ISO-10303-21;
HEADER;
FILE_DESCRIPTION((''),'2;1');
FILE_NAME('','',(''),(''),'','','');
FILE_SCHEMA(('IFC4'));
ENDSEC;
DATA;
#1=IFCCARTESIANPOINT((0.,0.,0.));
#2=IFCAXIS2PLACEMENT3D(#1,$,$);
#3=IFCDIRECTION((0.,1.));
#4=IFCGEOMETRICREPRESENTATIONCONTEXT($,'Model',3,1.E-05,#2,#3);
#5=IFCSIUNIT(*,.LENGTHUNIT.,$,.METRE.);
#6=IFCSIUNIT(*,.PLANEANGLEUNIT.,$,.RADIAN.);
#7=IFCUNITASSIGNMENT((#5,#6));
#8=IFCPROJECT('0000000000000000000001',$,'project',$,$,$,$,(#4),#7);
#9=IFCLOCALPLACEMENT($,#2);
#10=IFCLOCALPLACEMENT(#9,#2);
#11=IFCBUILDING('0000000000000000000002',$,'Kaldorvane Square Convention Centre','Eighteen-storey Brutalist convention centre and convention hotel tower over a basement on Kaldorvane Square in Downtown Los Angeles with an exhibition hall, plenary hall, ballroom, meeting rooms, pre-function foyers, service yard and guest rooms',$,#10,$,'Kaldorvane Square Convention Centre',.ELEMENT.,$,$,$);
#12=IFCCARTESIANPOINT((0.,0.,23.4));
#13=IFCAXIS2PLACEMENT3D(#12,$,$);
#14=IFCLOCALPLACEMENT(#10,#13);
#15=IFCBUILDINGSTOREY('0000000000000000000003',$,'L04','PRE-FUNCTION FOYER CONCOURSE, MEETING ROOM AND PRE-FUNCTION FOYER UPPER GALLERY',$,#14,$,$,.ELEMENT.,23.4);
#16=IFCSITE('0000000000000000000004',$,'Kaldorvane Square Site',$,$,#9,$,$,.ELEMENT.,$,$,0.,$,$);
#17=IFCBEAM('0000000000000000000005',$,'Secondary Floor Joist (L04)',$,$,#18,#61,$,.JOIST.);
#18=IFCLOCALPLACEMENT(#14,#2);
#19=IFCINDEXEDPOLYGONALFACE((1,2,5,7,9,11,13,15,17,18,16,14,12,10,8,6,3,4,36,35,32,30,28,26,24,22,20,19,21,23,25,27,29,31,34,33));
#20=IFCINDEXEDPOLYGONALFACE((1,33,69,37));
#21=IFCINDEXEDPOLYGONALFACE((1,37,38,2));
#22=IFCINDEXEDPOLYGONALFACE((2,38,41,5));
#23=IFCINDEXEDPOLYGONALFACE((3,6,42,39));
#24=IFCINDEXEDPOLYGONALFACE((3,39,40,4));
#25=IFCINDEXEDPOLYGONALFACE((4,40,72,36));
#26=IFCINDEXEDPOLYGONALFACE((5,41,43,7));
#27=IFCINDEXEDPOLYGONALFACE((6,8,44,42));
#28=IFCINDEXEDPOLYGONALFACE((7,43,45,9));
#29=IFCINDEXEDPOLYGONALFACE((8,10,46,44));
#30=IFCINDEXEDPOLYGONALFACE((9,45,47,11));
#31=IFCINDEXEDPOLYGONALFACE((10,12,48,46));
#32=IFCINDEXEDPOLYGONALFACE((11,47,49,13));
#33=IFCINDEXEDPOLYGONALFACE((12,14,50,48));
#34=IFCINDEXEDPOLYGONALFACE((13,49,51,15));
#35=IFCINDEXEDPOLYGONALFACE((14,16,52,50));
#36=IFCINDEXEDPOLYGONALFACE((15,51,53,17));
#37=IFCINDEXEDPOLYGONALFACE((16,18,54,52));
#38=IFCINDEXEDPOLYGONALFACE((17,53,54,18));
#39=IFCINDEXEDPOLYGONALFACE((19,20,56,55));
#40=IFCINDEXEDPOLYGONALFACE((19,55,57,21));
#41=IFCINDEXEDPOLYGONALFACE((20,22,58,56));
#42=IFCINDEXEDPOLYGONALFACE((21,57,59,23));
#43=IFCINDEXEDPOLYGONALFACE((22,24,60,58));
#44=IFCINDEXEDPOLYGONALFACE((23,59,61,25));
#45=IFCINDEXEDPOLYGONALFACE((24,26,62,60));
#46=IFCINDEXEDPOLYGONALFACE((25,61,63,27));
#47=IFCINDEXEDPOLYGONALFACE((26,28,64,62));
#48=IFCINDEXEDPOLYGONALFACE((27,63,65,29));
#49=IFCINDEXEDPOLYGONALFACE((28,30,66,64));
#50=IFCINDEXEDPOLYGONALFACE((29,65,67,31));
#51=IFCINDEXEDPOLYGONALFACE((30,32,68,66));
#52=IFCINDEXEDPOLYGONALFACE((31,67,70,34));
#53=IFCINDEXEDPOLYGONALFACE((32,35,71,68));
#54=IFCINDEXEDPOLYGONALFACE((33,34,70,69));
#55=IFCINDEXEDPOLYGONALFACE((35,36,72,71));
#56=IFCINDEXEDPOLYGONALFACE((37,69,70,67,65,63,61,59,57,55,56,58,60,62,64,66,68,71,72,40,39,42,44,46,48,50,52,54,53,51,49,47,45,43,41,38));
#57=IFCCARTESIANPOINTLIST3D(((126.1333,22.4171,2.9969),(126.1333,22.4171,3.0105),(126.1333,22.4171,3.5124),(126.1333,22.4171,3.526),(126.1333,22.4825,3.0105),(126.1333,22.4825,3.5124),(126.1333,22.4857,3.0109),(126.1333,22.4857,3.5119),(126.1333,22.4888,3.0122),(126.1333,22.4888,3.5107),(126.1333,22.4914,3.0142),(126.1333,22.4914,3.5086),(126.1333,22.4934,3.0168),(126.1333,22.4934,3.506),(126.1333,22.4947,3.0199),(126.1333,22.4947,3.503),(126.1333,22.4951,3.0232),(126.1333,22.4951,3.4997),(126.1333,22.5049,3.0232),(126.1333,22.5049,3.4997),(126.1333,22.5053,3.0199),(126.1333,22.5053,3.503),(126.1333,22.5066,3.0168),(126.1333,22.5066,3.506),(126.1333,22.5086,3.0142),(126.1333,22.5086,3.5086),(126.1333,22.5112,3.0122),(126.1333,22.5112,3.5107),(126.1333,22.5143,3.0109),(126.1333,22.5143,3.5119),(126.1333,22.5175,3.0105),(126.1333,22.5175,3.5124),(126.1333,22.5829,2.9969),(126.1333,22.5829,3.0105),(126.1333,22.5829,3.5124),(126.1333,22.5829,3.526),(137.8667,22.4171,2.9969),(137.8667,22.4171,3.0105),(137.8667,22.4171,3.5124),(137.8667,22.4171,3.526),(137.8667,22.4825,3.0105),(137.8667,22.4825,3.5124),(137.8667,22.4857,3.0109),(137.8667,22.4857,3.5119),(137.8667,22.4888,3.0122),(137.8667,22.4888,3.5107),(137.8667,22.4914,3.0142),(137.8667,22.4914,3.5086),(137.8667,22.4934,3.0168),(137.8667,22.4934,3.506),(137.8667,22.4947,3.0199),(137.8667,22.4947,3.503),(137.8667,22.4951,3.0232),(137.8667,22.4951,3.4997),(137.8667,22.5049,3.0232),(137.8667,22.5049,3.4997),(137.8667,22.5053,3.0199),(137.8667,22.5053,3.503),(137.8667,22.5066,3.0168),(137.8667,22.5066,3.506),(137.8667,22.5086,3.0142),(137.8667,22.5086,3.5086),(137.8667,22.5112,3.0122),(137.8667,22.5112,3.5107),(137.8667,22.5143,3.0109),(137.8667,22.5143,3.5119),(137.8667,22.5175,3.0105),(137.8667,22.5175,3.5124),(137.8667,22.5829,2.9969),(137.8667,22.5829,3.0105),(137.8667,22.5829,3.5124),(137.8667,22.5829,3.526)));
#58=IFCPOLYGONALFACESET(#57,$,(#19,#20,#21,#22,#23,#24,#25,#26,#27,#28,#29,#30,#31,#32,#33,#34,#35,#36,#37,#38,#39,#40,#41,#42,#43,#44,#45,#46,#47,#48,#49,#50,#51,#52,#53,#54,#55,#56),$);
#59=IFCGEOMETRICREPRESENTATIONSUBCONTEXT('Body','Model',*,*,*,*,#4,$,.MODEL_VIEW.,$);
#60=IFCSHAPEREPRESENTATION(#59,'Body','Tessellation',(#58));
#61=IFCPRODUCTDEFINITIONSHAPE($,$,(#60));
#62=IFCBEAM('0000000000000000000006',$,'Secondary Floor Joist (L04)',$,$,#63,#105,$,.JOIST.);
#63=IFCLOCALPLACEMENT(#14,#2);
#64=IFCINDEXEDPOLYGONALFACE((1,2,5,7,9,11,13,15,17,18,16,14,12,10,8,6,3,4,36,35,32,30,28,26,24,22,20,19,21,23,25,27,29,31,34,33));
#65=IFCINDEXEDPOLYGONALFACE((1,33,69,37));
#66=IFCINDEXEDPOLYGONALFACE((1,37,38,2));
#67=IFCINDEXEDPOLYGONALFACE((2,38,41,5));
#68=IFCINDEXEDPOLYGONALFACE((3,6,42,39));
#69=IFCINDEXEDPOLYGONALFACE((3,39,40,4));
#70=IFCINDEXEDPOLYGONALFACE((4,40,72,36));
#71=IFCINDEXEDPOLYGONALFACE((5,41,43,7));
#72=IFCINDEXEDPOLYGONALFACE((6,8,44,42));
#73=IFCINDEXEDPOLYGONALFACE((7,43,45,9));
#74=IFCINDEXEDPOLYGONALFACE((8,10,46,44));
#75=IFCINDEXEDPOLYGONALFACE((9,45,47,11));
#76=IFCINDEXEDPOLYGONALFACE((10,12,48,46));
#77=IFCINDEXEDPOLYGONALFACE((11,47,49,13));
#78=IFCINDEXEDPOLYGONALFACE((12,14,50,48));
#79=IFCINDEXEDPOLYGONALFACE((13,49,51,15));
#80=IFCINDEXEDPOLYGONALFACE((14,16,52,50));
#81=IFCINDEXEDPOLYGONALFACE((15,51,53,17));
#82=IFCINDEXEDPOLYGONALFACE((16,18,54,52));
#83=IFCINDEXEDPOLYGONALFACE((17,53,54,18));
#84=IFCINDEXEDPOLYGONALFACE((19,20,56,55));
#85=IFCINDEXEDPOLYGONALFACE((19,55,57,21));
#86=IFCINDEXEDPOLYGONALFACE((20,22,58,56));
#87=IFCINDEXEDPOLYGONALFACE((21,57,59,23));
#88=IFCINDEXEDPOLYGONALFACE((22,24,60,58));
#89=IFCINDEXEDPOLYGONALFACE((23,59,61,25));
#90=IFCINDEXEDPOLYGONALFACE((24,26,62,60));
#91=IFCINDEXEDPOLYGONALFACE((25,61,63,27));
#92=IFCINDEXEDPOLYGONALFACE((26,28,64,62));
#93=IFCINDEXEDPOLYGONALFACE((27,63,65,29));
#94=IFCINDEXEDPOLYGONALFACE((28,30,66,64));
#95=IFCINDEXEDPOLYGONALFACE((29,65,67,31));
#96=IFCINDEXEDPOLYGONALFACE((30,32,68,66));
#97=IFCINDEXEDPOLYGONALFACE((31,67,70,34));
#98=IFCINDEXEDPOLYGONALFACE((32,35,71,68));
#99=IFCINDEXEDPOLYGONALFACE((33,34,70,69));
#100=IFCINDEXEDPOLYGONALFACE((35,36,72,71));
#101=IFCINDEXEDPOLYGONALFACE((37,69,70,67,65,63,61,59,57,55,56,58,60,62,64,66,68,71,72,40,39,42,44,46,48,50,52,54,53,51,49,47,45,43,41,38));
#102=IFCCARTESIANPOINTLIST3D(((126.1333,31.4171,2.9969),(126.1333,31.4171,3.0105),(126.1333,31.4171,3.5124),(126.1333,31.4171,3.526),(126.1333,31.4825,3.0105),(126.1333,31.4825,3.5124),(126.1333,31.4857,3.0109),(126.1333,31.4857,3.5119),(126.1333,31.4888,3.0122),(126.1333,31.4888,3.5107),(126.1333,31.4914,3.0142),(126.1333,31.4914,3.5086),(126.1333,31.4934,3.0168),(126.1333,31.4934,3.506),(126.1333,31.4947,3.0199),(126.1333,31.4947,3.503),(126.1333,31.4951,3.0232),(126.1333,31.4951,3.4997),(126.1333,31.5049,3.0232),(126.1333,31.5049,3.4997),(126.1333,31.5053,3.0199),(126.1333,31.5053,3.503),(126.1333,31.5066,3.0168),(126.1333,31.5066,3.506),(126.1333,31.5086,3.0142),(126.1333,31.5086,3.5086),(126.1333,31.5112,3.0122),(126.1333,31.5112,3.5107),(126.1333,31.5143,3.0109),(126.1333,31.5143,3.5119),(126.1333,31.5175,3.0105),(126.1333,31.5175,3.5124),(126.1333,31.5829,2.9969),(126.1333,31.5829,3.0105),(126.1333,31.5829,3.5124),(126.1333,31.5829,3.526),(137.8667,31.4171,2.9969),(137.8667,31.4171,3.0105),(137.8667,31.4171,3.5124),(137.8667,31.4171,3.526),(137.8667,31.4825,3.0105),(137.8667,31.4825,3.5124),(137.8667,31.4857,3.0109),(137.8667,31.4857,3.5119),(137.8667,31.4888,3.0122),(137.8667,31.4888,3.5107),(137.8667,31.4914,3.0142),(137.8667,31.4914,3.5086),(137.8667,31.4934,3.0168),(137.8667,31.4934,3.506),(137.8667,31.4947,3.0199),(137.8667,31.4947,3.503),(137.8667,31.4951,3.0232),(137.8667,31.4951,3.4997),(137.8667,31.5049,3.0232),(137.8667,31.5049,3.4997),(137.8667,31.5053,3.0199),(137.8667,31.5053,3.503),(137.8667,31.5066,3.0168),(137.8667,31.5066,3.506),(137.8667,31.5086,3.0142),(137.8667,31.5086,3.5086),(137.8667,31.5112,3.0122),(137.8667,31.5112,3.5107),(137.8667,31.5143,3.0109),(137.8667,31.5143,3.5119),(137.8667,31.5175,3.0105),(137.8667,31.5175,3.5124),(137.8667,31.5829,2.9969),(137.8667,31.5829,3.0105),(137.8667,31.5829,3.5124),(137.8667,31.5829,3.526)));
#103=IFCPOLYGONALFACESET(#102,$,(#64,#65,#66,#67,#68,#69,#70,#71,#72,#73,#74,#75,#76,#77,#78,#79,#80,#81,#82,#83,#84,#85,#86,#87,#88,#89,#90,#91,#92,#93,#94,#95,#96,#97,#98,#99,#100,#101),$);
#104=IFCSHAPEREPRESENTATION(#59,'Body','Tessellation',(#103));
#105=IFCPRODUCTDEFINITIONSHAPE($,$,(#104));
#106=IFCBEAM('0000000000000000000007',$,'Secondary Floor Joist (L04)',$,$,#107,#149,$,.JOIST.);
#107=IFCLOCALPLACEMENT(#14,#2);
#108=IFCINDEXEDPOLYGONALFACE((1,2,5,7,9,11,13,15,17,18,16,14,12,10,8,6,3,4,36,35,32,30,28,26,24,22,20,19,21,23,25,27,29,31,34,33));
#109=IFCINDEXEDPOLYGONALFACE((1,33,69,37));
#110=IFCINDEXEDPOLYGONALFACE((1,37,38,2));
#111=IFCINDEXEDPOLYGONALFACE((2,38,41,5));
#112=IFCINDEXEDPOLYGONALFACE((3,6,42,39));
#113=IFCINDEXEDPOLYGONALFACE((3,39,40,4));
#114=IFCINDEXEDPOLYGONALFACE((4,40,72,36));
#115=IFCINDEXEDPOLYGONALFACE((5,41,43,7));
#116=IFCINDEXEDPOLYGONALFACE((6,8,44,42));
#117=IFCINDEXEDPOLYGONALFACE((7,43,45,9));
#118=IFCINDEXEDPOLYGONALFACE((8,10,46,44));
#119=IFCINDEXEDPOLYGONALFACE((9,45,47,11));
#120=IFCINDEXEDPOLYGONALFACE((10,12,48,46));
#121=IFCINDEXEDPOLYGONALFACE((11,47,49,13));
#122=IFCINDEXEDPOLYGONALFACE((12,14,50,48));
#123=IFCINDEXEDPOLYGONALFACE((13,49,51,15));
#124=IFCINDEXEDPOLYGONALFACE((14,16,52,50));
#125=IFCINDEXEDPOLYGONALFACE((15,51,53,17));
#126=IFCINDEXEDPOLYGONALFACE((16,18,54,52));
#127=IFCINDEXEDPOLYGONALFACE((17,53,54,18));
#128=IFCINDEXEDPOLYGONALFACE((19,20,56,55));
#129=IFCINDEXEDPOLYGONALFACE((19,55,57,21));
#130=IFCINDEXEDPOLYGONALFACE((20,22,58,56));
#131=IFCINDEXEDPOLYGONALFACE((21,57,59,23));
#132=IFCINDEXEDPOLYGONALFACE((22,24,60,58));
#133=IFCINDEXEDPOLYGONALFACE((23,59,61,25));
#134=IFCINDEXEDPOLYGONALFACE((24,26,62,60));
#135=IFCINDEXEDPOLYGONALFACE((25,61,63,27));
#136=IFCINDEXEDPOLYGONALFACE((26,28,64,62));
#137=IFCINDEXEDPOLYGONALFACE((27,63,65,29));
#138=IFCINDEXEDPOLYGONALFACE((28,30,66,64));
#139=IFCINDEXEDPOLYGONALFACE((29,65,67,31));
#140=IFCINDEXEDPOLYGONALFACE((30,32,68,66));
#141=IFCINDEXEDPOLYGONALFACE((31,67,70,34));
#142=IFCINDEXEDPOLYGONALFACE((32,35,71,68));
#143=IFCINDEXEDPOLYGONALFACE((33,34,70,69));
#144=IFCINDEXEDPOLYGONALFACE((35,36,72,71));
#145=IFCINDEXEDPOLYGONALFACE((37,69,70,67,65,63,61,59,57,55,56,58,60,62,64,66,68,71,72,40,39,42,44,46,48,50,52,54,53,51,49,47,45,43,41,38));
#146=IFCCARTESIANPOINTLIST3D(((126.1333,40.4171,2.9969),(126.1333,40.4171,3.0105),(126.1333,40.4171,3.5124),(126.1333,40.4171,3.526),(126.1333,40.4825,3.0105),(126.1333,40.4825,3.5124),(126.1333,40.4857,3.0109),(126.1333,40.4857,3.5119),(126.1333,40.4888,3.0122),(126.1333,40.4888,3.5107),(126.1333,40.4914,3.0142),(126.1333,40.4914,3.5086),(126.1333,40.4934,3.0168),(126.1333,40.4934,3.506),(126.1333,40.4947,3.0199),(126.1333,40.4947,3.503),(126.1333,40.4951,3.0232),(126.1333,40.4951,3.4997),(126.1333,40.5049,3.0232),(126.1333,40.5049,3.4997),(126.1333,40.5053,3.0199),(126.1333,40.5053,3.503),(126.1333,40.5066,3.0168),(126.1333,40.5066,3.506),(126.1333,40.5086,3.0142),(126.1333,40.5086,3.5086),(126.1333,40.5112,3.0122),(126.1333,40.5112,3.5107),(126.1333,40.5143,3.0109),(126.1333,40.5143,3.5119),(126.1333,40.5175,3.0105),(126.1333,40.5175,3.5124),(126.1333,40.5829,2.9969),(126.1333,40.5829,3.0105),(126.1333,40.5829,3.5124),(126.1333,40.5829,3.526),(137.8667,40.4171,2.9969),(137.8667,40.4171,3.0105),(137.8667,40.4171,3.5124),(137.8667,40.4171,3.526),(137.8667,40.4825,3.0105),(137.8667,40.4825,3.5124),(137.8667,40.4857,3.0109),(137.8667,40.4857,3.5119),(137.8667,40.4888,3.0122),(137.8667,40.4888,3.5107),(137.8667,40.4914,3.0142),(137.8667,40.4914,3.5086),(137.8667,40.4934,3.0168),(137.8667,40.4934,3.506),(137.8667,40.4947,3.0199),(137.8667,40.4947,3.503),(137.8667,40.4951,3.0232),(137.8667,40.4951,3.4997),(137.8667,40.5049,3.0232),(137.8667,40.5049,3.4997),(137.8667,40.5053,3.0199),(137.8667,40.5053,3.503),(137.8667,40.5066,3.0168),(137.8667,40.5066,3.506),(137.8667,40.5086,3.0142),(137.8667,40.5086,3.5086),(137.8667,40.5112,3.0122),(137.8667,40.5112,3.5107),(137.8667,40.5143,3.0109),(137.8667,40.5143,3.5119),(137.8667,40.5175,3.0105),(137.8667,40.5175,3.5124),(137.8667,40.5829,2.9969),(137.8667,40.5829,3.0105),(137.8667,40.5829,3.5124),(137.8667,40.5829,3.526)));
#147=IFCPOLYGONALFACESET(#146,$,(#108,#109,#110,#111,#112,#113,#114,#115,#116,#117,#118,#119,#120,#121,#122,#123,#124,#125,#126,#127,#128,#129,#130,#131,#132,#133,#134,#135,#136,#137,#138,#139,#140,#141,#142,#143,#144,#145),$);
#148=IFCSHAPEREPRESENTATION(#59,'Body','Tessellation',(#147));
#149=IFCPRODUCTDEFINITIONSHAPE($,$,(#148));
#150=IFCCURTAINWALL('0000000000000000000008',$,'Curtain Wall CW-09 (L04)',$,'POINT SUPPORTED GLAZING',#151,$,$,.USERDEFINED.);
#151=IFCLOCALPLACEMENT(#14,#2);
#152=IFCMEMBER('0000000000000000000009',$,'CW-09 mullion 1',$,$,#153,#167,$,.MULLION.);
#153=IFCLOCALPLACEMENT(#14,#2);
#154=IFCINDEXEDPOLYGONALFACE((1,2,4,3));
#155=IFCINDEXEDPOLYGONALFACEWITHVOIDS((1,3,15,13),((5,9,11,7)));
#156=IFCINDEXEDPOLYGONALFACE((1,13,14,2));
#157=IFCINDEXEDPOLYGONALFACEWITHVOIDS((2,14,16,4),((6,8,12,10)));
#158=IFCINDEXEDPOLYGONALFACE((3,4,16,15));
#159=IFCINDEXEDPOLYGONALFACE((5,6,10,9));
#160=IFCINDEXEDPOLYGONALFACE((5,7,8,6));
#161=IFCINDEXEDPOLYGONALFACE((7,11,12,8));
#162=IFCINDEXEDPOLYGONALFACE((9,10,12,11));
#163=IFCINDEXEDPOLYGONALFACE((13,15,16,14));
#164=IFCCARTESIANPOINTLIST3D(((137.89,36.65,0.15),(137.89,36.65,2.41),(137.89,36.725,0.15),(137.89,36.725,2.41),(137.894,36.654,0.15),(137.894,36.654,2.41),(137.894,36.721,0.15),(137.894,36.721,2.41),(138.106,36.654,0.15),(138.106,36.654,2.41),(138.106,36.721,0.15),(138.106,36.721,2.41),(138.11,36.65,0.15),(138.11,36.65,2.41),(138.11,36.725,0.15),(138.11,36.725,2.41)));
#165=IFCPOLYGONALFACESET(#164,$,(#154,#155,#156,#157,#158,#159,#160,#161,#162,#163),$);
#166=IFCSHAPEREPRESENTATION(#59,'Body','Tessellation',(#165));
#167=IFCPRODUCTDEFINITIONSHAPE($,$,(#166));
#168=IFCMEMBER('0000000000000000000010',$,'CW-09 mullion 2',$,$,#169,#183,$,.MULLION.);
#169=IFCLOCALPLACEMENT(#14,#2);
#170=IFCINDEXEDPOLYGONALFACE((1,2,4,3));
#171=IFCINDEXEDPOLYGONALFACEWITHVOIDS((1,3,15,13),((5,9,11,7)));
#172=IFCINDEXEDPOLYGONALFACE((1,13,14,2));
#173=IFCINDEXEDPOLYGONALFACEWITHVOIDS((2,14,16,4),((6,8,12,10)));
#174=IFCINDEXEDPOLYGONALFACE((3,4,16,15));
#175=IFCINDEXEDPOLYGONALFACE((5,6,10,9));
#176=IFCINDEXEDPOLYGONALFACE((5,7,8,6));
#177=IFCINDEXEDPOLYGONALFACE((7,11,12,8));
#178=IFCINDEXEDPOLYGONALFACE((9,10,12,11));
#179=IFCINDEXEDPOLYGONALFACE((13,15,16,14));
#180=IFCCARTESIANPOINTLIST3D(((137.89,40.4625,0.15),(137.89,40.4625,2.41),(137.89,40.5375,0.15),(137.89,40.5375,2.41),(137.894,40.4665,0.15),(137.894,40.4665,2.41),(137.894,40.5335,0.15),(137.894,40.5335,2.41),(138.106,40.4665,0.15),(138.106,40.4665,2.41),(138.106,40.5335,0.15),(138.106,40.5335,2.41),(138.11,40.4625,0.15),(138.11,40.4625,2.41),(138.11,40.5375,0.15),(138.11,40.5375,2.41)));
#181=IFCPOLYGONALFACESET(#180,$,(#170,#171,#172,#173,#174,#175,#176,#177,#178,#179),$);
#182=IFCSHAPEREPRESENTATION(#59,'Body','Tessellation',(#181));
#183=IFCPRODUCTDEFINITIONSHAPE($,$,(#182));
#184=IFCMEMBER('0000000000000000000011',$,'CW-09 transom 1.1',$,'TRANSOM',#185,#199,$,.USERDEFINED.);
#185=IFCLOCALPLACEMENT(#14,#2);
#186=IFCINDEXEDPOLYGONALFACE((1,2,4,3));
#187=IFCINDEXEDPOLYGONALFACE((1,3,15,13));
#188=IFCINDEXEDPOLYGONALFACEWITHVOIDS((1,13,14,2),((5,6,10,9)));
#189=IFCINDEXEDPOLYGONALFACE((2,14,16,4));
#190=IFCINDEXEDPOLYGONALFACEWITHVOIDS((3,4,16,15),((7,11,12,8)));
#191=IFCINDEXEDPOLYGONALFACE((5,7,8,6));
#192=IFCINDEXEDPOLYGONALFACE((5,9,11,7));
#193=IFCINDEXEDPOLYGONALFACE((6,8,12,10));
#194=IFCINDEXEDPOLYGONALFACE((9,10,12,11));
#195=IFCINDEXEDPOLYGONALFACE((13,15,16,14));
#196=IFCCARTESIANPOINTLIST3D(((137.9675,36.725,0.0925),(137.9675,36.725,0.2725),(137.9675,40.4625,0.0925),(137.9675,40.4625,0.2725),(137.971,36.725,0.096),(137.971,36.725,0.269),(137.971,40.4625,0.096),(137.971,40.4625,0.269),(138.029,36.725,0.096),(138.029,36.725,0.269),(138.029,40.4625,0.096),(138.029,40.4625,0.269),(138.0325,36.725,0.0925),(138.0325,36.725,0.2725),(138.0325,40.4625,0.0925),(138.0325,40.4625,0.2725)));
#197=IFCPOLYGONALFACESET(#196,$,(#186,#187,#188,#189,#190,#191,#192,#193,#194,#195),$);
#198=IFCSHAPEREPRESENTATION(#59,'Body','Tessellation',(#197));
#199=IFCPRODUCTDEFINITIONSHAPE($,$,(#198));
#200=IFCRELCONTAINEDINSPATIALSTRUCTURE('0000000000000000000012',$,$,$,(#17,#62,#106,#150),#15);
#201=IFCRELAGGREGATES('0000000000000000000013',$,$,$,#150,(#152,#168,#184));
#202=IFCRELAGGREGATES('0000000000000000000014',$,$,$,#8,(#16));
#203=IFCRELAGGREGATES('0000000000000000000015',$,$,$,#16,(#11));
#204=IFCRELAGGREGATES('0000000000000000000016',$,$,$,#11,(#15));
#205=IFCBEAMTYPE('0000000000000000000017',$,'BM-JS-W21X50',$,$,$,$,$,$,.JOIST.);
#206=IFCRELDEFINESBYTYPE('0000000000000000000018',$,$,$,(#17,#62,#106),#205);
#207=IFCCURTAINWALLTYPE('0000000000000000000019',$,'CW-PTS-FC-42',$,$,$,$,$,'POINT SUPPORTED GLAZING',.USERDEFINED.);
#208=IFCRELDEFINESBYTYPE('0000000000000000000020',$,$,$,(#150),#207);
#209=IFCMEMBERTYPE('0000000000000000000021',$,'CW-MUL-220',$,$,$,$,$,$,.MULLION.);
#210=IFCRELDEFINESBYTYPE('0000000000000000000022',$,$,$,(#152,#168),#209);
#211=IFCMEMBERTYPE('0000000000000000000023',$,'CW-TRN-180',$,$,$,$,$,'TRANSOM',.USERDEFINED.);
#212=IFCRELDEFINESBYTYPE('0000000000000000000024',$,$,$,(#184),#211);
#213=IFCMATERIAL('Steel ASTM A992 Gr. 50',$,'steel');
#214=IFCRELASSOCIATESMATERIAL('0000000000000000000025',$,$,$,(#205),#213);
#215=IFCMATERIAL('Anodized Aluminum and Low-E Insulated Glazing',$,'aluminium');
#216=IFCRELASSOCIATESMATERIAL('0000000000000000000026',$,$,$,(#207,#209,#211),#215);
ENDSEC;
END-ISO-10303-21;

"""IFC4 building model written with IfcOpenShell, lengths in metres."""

from ifc_helpers import new_model, si_unit, direction, frame, origin, origin_2d, place, context, subcontext, project, spatial, hollow_rectangle, i_section, extrude, material, material_profile, profile_set, type_object, element, aggregate, save


model = new_model("IFC4")

# Units and contexts
model_context = context("Model", 3, precision=1e-05, world=origin(), true_north=direction((0.0, 1.0)))
body_context = subcontext(model_context, "Body", "Model", "MODEL_VIEW")
ifc_project = project(units=[si_unit("LENGTHUNIT", "METRE"), si_unit("PLANEANGLEUNIT", "RADIAN")], contexts=[model_context])

# Site, building, storey
site_placement = place(None, origin())
site = spatial("IfcSite", under=ifc_project, at=site_placement, Name="Kaldorvane Square Site", CompositionType="ELEMENT", RefElevation=0.0)
building_placement = place(site_placement, origin())
building = spatial("IfcBuilding", under=site, at=building_placement, Name="Kaldorvane Square Convention Centre", Description="Eighteen-storey Brutalist convention centre and convention hotel tower over a basement on Kaldorvane Square in Downtown Los Angeles with an exhibition hall, plenary hall, ballroom, meeting rooms, pre-function foyers, service yard and guest rooms", LongName="Kaldorvane Square Convention Centre", CompositionType="ELEMENT")
storey_placement = place(building_placement, frame((0.0, 0.0, 23.4)))
storey = spatial("IfcBuildingStorey", under=building, at=storey_placement, Name="L04", Description="PRE-FUNCTION FOYER CONCOURSE, MEETING ROOM AND PRE-FUNCTION FOYER UPPER GALLERY", CompositionType="ELEMENT", Elevation=23.4)

# Shared definitions
ifc_material_1 = material(Name="Steel ASTM A992 Gr. 50", Category="steel")

# Beams
ifc_material_profile_1 = material_profile(ifc_material_1, i_section(OverallWidth=0.1659, OverallDepth=0.5291, WebThickness=0.0097, FlangeThickness=0.0136, FilletRadius=0.0127, at=origin_2d()), Name="W21X50")
ifc_profile_set_1 = profile_set([ifc_material_profile_1], Name="Steel ASTM A992 Gr. 50")
beam_type_1 = type_object("IfcBeamType", Name="BM-JS-W21X50", PredefinedType="JOIST", material=ifc_profile_set_1)
for number, where, z_axis, x_axis, name in (
    (1, (126.1333, 22.5, 3.2614), (1.0, 0.0, 0.0), (0.0, 1.0, 0.0), "Secondary Floor Joist (L04)"),
    (2, (126.1333, 31.5, 3.2614), (1.0, 0.0, 0.0), (0.0, 1.0, 0.0), "Secondary Floor Joist (L04)"),
    (3, (126.1333, 40.5, 3.2614), (1.0, 0.0, 0.0), (0.0, 1.0, 0.0), "Secondary Floor Joist (L04)"),
):
    element("IfcBeam", number, at=place(storey_placement, frame(where, z_axis=z_axis, x_axis=x_axis)), inside=storey, type_object=beam_type_1, Name=name, PredefinedType="JOIST", context=body_context, shape_type="SweptSolid", body=[
        extrude(i_section(OverallWidth=0.1659, OverallDepth=0.5291, WebThickness=0.0097, FlangeThickness=0.0136, FilletRadius=0.0127, at=origin_2d()), origin(), (0.0, 0.0, 1.0), 11.7334),
    ])

# Curtain wall, members
ifc_material_2 = material(Name="Anodized Aluminum and Low-E Insulated Glazing", Category="aluminium")
curtain_wall_type = type_object("IfcCurtainWallType", Name="CW-PTS-FC-42", ElementType="POINT SUPPORTED GLAZING", PredefinedType="USERDEFINED", material=ifc_material_2)
curtain_wall_placement = place(storey_placement, origin())
curtain_wall = element("IfcCurtainWall", 4, at=curtain_wall_placement, inside=storey, type_object=curtain_wall_type, Name="Curtain Wall CW-09 (L04)", ObjectType="POINT SUPPORTED GLAZING", PredefinedType="USERDEFINED")
ifc_material_profile_2 = material_profile(ifc_material_2, hollow_rectangle(XDim=0.075, YDim=0.22, WallThickness=0.004, at=origin_2d()), Name="CWM-220X75")
ifc_profile_set_2 = profile_set([ifc_material_profile_2], Name="Anodized Aluminum and Low-E Insulated Glazing")
member_type_1 = type_object("IfcMemberType", Name="CW-MUL-220", PredefinedType="MULLION", material=ifc_profile_set_2)
member_1_placement = place(storey_placement, frame((138.0, 36.6875, 0.15), z_axis=(0.0, 0.0, 1.0), x_axis=(0.0, 1.0, 0.0)))
member_1 = element("IfcMember", 5, at=member_1_placement, type_object=member_type_1, Name="CW-09 mullion 1", PredefinedType="MULLION", context=body_context, shape_type="SweptSolid", body=[
    extrude(hollow_rectangle(XDim=0.075, YDim=0.22, WallThickness=0.004, at=origin_2d()), origin(), (0.0, 0.0, 1.0), 2.26),
])
member_2_placement = place(storey_placement, frame((138.0, 40.5, 0.15), z_axis=(0.0, 0.0, 1.0), x_axis=(0.0, 1.0, 0.0)))
member_2 = element("IfcMember", 6, at=member_2_placement, type_object=member_type_1, Name="CW-09 mullion 2", PredefinedType="MULLION", context=body_context, shape_type="SweptSolid", body=[
    extrude(hollow_rectangle(XDim=0.075, YDim=0.22, WallThickness=0.004, at=origin_2d()), origin(), (0.0, 0.0, 1.0), 2.26),
])
ifc_material_profile_3 = material_profile(ifc_material_2, hollow_rectangle(XDim=0.065, YDim=0.18, WallThickness=0.0035, at=origin_2d()), Name="CWT-180X65")
ifc_profile_set_3 = profile_set([ifc_material_profile_3], Name="Anodized Aluminum and Low-E Insulated Glazing")
member_type_2 = type_object("IfcMemberType", Name="CW-TRN-180", ElementType="TRANSOM", PredefinedType="USERDEFINED", material=ifc_profile_set_3)
member_3_placement = place(storey_placement, frame((138.0, 36.725, 0.1825), z_axis=(0.0, 1.0, 0.0), x_axis=(-1.0, 0.0, 0.0)))
member_3 = element("IfcMember", 7, at=member_3_placement, type_object=member_type_2, Name="CW-09 transom 1.1", ObjectType="TRANSOM", PredefinedType="USERDEFINED", context=body_context, shape_type="SweptSolid", body=[
    extrude(hollow_rectangle(XDim=0.065, YDim=0.18, WallThickness=0.0035, at=origin_2d()), origin(), (0.0, 0.0, 1.0), 3.7375),
])
aggregate(curtain_wall, [member_1, member_2, member_3])

save(model, "model.ifc")
